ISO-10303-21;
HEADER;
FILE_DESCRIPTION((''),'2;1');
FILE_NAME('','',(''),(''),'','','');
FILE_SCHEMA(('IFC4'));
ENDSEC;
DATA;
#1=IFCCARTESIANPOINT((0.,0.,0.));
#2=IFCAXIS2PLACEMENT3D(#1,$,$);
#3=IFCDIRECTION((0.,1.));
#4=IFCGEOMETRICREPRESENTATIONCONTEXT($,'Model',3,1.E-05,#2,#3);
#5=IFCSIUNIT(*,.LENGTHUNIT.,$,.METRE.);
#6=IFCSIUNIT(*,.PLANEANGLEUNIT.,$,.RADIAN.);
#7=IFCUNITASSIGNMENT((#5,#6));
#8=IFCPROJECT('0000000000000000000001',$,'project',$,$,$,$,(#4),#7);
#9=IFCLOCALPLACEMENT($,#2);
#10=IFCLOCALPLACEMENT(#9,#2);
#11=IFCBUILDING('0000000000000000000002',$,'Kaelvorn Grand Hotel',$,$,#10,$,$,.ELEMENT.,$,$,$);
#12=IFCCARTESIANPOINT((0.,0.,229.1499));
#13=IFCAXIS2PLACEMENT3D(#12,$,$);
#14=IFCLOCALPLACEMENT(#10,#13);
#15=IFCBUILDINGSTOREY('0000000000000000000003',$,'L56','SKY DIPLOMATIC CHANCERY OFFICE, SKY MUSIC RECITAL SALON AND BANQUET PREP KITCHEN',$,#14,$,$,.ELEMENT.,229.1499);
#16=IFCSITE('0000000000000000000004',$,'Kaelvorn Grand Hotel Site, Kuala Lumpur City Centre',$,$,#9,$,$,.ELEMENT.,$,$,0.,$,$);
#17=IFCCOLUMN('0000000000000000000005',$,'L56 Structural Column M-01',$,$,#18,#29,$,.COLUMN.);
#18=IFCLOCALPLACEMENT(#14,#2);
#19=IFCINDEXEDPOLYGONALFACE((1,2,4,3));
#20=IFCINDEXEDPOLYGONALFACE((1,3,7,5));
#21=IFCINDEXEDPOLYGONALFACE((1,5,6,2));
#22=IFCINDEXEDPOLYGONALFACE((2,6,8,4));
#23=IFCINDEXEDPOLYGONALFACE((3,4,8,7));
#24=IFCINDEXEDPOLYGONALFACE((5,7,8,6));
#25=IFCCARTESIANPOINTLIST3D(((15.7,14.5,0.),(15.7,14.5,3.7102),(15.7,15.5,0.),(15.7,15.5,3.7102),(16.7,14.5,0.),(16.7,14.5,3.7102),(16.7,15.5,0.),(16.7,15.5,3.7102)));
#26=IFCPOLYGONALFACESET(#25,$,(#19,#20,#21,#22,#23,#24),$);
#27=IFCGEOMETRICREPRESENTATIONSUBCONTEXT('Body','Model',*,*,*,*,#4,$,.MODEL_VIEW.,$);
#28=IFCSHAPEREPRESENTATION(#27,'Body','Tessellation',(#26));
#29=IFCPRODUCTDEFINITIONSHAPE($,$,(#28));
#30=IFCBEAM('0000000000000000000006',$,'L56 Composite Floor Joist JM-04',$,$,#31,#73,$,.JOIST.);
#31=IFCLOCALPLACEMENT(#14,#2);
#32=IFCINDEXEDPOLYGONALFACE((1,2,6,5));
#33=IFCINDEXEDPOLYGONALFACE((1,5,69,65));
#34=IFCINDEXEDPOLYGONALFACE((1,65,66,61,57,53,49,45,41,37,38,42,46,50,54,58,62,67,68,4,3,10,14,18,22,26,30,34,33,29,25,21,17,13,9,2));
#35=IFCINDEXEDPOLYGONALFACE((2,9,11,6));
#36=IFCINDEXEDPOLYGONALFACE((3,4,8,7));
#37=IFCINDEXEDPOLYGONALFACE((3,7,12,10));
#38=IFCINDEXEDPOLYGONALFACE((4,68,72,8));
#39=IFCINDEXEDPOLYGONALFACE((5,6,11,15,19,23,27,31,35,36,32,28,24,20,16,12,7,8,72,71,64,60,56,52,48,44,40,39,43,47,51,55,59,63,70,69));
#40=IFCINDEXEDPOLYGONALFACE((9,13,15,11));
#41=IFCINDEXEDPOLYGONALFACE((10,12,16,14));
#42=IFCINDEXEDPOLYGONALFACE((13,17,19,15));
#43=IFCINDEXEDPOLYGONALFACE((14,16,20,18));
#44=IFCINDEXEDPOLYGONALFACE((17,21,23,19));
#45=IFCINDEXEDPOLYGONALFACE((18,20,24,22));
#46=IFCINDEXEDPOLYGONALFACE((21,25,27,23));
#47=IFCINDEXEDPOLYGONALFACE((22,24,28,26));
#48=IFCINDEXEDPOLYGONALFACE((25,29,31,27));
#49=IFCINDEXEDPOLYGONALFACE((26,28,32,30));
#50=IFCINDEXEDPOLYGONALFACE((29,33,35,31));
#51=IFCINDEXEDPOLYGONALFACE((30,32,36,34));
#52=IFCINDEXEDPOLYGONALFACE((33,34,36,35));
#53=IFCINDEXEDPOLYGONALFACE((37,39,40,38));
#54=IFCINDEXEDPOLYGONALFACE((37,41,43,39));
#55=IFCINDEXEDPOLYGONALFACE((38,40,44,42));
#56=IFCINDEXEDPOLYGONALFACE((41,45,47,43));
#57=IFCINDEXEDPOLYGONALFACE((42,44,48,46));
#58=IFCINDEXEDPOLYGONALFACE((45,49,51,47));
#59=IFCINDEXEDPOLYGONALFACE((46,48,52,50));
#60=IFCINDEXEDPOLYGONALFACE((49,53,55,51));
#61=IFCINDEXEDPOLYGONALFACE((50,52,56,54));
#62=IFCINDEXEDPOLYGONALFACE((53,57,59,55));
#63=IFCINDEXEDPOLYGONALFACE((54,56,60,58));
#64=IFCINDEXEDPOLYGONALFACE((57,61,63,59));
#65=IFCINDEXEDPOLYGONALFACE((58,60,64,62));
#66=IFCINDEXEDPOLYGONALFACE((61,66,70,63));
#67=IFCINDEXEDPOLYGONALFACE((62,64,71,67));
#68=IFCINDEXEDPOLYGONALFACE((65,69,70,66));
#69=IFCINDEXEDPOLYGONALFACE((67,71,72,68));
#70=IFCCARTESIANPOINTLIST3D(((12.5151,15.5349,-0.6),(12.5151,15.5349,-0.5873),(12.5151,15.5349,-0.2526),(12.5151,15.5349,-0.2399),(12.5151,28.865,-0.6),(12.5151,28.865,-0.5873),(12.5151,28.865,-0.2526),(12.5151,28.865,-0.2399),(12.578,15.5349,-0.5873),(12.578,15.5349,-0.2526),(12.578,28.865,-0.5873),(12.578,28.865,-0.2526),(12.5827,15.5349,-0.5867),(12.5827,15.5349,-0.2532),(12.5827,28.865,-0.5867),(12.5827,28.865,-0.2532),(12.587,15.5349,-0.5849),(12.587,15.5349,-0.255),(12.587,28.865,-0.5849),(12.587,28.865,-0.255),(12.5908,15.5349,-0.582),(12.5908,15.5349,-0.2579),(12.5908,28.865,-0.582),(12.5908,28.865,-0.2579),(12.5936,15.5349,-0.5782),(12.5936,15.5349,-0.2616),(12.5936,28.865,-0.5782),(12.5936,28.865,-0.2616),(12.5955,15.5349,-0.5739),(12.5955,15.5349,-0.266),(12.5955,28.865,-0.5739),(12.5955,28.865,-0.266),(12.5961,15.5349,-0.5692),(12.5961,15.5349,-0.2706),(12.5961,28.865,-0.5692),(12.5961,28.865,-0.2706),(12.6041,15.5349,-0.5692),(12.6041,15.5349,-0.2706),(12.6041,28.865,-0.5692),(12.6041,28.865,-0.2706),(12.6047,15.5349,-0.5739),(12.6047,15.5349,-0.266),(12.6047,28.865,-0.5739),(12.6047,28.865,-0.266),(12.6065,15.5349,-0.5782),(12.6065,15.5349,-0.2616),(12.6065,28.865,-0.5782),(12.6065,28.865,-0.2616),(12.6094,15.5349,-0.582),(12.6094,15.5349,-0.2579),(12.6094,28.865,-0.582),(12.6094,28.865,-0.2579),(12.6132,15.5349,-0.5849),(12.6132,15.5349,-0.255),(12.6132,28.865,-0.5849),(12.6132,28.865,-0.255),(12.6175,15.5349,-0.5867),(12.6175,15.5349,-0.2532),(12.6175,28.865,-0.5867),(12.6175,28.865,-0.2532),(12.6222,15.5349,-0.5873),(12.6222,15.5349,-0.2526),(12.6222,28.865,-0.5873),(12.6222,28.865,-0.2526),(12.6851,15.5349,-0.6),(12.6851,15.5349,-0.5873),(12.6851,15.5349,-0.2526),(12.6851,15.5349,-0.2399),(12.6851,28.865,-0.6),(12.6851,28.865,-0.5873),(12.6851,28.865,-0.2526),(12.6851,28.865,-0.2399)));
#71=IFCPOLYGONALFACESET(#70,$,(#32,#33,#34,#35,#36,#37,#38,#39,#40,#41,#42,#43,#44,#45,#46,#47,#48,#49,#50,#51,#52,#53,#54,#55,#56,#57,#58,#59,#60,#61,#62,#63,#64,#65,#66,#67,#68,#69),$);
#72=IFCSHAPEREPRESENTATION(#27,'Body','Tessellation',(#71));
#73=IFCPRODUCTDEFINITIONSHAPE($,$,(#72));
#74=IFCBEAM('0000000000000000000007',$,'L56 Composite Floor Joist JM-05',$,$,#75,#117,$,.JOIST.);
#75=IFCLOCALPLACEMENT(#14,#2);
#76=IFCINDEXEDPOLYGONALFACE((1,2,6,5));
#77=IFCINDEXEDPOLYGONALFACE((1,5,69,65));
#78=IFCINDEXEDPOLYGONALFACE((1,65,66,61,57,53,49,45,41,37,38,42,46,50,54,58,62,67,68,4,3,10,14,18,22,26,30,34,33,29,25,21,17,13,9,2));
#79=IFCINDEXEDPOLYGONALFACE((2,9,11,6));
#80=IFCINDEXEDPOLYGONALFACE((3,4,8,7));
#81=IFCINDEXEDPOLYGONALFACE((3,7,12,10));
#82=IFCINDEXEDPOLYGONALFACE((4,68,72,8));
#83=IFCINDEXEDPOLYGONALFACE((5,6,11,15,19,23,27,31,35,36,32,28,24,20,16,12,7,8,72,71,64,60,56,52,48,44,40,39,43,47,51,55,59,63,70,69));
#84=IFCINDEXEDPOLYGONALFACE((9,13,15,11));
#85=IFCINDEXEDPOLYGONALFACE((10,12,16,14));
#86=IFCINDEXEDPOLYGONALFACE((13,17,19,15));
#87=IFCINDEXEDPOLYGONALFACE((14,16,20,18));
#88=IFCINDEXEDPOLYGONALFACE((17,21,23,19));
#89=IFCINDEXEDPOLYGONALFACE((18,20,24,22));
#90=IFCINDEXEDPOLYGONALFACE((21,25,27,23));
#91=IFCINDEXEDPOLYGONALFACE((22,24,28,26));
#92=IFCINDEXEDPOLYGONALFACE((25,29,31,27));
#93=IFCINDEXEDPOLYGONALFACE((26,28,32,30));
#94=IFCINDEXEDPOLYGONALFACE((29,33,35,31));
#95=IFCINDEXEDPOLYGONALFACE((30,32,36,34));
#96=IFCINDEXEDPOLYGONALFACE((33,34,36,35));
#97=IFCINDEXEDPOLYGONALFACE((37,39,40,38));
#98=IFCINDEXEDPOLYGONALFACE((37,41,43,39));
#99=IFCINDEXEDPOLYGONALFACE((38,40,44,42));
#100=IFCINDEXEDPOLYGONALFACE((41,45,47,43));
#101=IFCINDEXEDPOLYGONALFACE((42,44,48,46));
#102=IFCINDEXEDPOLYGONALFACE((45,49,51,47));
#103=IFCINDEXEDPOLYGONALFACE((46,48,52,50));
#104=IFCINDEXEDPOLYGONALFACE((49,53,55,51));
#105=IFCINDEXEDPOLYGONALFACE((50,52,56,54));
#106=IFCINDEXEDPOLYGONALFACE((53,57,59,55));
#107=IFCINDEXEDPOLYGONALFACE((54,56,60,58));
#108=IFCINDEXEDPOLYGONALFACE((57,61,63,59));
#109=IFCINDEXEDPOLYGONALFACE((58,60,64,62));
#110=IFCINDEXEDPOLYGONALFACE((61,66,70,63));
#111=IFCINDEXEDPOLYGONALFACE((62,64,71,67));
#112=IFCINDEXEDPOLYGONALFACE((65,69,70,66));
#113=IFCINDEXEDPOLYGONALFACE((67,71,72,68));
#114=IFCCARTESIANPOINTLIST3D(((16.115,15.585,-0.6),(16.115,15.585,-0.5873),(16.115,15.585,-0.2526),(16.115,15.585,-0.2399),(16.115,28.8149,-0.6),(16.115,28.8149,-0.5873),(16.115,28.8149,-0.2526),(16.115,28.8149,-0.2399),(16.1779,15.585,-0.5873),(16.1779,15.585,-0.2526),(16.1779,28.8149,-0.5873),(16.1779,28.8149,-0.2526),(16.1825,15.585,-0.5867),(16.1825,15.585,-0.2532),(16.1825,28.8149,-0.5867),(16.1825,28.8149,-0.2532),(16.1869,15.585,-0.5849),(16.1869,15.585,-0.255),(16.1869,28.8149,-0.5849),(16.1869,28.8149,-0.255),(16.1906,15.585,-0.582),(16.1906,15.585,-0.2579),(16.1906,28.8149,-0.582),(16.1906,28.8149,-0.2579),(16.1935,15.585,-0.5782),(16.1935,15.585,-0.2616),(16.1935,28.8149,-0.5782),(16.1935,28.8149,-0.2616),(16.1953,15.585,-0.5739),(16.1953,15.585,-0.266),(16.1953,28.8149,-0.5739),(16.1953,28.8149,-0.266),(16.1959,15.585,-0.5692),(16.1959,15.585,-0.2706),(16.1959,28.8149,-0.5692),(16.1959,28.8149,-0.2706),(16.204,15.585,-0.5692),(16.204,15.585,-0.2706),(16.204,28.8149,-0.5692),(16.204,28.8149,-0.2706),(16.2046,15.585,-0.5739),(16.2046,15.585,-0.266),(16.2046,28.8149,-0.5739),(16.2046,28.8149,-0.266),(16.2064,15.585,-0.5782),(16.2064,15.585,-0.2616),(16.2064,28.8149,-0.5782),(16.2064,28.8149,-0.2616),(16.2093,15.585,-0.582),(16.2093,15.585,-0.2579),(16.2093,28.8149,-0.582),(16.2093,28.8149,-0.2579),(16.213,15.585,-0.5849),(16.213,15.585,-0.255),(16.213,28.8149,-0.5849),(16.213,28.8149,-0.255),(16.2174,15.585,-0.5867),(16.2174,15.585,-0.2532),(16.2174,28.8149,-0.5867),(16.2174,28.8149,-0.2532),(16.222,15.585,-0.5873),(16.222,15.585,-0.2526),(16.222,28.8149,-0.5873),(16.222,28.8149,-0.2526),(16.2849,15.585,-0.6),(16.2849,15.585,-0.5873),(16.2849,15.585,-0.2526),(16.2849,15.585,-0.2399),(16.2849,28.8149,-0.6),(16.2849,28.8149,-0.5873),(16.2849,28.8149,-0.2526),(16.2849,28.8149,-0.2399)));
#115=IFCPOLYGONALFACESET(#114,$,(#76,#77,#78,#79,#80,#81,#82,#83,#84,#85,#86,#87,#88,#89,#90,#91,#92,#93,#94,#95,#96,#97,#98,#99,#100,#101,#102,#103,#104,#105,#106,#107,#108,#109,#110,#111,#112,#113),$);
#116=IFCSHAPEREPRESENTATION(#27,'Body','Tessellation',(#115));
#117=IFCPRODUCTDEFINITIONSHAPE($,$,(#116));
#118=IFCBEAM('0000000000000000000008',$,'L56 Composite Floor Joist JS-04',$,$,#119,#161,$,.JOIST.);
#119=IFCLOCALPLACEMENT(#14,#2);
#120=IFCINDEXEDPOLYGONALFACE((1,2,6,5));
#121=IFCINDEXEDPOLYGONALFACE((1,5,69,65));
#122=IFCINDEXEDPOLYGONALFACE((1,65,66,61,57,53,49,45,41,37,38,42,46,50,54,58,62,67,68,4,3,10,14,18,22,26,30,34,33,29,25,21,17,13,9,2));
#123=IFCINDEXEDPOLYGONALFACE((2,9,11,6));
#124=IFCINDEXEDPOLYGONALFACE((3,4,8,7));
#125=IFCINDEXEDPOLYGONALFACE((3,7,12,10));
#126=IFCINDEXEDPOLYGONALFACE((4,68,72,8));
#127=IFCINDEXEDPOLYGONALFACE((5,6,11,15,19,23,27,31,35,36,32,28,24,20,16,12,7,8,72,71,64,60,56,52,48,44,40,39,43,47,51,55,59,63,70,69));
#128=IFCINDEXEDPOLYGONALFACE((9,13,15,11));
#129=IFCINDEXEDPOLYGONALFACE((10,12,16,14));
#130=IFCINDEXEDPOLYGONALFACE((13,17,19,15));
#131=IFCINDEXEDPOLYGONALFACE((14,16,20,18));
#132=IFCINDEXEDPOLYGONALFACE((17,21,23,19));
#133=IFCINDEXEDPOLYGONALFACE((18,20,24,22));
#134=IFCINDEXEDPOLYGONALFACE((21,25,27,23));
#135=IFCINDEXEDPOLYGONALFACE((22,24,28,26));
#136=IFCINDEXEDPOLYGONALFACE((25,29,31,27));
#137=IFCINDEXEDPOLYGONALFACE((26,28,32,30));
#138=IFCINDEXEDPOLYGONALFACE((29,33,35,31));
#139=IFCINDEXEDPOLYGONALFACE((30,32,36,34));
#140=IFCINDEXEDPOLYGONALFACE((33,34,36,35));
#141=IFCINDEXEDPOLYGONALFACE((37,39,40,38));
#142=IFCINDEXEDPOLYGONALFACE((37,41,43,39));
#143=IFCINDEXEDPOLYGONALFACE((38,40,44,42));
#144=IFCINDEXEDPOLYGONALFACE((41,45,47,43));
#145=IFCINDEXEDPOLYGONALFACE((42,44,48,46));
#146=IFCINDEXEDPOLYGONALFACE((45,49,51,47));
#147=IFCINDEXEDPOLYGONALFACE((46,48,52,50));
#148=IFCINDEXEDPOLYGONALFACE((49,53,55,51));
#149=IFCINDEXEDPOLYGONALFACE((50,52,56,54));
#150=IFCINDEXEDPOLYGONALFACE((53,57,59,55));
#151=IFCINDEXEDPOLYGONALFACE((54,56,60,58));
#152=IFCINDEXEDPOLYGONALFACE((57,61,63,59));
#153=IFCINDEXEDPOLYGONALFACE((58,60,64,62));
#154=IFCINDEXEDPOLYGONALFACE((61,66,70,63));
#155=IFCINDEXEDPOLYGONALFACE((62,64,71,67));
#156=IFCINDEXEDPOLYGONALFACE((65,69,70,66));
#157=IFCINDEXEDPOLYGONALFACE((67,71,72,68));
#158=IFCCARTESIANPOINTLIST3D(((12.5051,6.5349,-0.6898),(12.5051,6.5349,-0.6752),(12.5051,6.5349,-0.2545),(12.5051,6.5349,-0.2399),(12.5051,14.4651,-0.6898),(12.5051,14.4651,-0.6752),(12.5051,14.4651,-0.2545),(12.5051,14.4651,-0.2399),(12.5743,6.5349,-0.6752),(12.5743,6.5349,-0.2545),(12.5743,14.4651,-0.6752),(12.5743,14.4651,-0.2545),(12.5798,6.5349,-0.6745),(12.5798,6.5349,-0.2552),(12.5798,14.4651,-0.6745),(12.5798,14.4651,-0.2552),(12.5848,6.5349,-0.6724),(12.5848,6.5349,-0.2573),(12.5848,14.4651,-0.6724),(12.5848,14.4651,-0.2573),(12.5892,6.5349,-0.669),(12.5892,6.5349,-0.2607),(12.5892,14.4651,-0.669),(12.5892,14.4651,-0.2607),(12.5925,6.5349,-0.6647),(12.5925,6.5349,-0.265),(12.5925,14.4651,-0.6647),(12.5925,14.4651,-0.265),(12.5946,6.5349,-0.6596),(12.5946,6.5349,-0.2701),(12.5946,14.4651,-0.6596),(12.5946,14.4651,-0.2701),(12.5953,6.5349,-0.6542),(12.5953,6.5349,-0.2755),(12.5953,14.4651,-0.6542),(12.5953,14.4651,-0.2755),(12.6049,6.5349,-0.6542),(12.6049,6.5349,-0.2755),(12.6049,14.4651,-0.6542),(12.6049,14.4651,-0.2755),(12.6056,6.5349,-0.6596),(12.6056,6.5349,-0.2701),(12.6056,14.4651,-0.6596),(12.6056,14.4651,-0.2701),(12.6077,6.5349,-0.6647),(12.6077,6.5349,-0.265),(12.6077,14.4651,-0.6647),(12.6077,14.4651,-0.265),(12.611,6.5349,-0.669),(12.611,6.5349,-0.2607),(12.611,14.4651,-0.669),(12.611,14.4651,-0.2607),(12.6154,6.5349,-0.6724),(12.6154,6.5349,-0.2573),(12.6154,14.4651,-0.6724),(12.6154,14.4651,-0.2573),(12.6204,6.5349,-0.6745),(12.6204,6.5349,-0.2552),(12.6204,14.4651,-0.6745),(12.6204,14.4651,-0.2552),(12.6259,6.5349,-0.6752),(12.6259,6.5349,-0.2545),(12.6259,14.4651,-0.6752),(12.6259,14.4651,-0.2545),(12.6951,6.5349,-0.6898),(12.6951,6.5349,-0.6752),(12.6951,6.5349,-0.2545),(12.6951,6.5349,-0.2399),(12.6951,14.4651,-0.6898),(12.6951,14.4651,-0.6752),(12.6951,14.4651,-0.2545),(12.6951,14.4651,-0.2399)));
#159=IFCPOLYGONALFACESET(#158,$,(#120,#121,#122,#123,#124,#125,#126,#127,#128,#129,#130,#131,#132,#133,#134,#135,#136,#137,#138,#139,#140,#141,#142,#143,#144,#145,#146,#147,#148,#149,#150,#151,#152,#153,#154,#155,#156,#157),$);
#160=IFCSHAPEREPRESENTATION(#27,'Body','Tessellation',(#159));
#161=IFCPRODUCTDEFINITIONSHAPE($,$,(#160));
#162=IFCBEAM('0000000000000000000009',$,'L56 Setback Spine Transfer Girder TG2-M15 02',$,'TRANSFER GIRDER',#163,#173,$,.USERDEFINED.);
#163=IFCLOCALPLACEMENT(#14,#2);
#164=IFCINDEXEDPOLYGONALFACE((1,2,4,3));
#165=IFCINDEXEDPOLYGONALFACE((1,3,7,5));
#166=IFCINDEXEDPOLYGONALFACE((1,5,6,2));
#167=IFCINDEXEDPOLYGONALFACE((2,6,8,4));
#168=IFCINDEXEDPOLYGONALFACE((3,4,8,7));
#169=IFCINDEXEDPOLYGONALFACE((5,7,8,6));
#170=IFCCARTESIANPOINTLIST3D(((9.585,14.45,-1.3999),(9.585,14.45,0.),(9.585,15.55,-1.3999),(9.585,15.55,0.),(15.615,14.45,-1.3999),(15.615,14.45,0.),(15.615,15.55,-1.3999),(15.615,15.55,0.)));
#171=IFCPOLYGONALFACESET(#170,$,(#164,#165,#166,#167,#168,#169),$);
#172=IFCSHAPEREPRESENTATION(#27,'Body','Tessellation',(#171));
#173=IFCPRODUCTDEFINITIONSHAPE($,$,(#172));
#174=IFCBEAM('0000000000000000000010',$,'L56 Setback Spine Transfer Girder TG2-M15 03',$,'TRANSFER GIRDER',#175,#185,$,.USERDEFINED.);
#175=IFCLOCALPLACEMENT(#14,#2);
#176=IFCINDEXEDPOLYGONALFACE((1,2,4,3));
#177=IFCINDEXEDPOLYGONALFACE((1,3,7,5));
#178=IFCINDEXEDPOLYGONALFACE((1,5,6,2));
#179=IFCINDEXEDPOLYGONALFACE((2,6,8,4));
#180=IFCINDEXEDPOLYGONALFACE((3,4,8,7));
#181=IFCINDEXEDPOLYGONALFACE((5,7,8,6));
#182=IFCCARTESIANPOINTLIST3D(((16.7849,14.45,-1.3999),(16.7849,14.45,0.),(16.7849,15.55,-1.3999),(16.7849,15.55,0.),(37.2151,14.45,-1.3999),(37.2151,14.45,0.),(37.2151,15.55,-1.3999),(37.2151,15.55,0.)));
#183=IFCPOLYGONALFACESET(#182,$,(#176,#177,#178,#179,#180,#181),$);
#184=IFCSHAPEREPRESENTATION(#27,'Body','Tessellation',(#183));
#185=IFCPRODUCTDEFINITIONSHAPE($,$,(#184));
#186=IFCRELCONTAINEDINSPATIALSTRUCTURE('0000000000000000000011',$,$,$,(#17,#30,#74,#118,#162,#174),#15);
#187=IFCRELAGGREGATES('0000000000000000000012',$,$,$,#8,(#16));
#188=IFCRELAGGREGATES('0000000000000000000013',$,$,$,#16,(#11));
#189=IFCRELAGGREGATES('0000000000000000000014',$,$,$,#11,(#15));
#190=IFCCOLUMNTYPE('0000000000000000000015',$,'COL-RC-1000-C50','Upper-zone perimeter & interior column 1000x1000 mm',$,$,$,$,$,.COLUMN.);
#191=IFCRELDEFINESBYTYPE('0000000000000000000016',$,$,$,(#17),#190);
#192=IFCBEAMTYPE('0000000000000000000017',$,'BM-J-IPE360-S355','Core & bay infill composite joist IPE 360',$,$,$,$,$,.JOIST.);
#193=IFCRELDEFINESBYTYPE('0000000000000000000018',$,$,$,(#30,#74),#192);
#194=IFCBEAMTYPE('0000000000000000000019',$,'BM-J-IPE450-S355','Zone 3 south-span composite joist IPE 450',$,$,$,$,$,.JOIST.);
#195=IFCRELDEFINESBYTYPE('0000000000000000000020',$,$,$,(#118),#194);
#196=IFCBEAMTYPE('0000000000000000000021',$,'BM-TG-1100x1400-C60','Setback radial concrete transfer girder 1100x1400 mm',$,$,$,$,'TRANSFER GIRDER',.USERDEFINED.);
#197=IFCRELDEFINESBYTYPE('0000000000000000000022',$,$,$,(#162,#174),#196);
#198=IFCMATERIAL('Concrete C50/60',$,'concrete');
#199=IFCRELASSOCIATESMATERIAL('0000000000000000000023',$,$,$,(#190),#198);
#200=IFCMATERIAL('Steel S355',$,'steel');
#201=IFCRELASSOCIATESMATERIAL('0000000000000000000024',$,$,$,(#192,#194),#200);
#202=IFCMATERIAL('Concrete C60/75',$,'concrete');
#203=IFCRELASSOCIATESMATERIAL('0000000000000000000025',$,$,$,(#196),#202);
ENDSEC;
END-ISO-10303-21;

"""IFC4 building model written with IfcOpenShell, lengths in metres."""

from ifc_helpers import new_model, si_unit, direction, frame, origin, origin_2d, place, context, subcontext, project, spatial, rectangle, i_section, extrude, material, material_profile, profile_set, type_object, element, save


model = new_model("IFC4")

# Units and contexts
model_context = context("Model", 3, precision=1e-05, world=origin(), true_north=direction((0.0, 1.0)))
body_context = subcontext(model_context, "Body", "Model", "MODEL_VIEW")
ifc_project = project(units=[si_unit("LENGTHUNIT", "METRE"), si_unit("PLANEANGLEUNIT", "RADIAN")], contexts=[model_context])

# Site, building, storey
site_placement = place(None, origin())
site = spatial("IfcSite", under=ifc_project, at=site_placement, Name="Kaelvorn Grand Hotel Site, Kuala Lumpur City Centre", CompositionType="ELEMENT", RefElevation=0.0)
building_placement = place(site_placement, origin())
building = spatial("IfcBuilding", under=site, at=building_placement, Name="Kaelvorn Grand Hotel", CompositionType="ELEMENT")
storey_placement = place(building_placement, frame((0.0, 0.0, 229.1499)))
storey = spatial("IfcBuildingStorey", under=building, at=storey_placement, Name="L56", Description="SKY DIPLOMATIC CHANCERY OFFICE, SKY MUSIC RECITAL SALON AND BANQUET PREP KITCHEN", CompositionType="ELEMENT", Elevation=229.1499)

# Column
ifc_material_1 = material(Name="Concrete C50/60", Category="concrete")
ifc_material_profile_1 = material_profile(ifc_material_1, rectangle(XDim=1.0, YDim=1.0, at=origin_2d()), Name="RC COL 1000x1000")
ifc_profile_set_1 = profile_set([ifc_material_profile_1], Name="Concrete C50/60")
column_type = type_object("IfcColumnType", Name="COL-RC-1000-C50", Description="Upper-zone perimeter & interior column 1000x1000 mm", PredefinedType="COLUMN", material=ifc_profile_set_1)
column_placement = place(storey_placement, frame((16.2, 15.0, 0.0), z_axis=(0.0, 0.0, 1.0), x_axis=(1.0, 0.0, 0.0)))
element("IfcColumn", 1, at=column_placement, inside=storey, type_object=column_type, Name="L56 Structural Column M-01", PredefinedType="COLUMN", context=body_context, shape_type="SweptSolid", body=[
    extrude(rectangle(XDim=1.0, YDim=1.0, at=origin_2d()), origin(), (0.0, 0.0, 1.0), 3.7102),
])

# Beams
ifc_material_2 = material(Name="Steel S355", Category="steel")
ifc_material_profile_2 = material_profile(ifc_material_2, i_section(OverallWidth=0.1699, OverallDepth=0.3601, WebThickness=0.0081, FlangeThickness=0.0127, FilletRadius=0.0181, at=origin_2d()), Name="IPE 360")
ifc_profile_set_2 = profile_set([ifc_material_profile_2], Name="Steel S355")
beam_type_1 = type_object("IfcBeamType", Name="BM-J-IPE360-S355", Description="Core & bay infill composite joist IPE 360", PredefinedType="JOIST", material=ifc_profile_set_2)
beam_1_placement = place(storey_placement, frame((12.6001, 15.5349, -0.4199), z_axis=(0.0, 1.0, 0.0), x_axis=(-1.0, 0.0, 0.0)))
element("IfcBeam", 2, at=beam_1_placement, inside=storey, type_object=beam_type_1, Name="L56 Composite Floor Joist JM-04", PredefinedType="JOIST", context=body_context, shape_type="SweptSolid", body=[
    extrude(i_section(OverallWidth=0.1699, OverallDepth=0.3601, WebThickness=0.0081, FlangeThickness=0.0127, FilletRadius=0.0181, at=origin_2d()), origin(), (0.0, 0.0, 1.0), 13.3301),
])
beam_2_placement = place(storey_placement, frame((16.2, 15.585, -0.4199), z_axis=(0.0, 1.0, 0.0), x_axis=(-1.0, 0.0, 0.0)))
element("IfcBeam", 3, at=beam_2_placement, inside=storey, type_object=beam_type_1, Name="L56 Composite Floor Joist JM-05", PredefinedType="JOIST", context=body_context, shape_type="SweptSolid", body=[
    extrude(i_section(OverallWidth=0.1699, OverallDepth=0.3601, WebThickness=0.0081, FlangeThickness=0.0127, FilletRadius=0.0181, at=origin_2d()), origin(), (0.0, 0.0, 1.0), 13.23),
])
ifc_material_profile_3 = material_profile(ifc_material_2, i_section(OverallWidth=0.1899, OverallDepth=0.45, WebThickness=0.0095, FlangeThickness=0.0146, FilletRadius=0.021, at=origin_2d()), Name="IPE 450")
ifc_profile_set_3 = profile_set([ifc_material_profile_3], Name="Steel S355")
beam_type_2 = type_object("IfcBeamType", Name="BM-J-IPE450-S355", Description="Zone 3 south-span composite joist IPE 450", PredefinedType="JOIST", material=ifc_profile_set_3)
beam_3_placement = place(storey_placement, frame((12.6001, 6.5349, -0.4648), z_axis=(0.0, 1.0, 0.0), x_axis=(-1.0, 0.0, 0.0)))
element("IfcBeam", 4, at=beam_3_placement, inside=storey, type_object=beam_type_2, Name="L56 Composite Floor Joist JS-04", PredefinedType="JOIST", context=body_context, shape_type="SweptSolid", body=[
    extrude(i_section(OverallWidth=0.1899, OverallDepth=0.45, WebThickness=0.0095, FlangeThickness=0.0146, FilletRadius=0.021, at=origin_2d()), origin(), (0.0, 0.0, 1.0), 7.9302),
])
ifc_material_3 = material(Name="Concrete C60/75", Category="concrete")
ifc_material_profile_4 = material_profile(ifc_material_3, rectangle(XDim=1.1001, YDim=1.3999, at=origin_2d()), Name="RC TG 1100x1400")
ifc_profile_set_4 = profile_set([ifc_material_profile_4], Name="Concrete C60/75")
beam_type_3 = type_object("IfcBeamType", Name="BM-TG-1100x1400-C60", Description="Setback radial concrete transfer girder 1100x1400 mm", ElementType="TRANSFER GIRDER", PredefinedType="USERDEFINED", material=ifc_profile_set_4)
beam_4_placement = place(storey_placement, frame((9.585, 15.0, -0.7), z_axis=(1.0, 0.0, 0.0), x_axis=(0.0, 1.0, 0.0)))
element("IfcBeam", 5, at=beam_4_placement, inside=storey, type_object=beam_type_3, Name="L56 Setback Spine Transfer Girder TG2-M15 02", ObjectType="TRANSFER GIRDER", PredefinedType="USERDEFINED", context=body_context, shape_type="SweptSolid", body=[
    extrude(rectangle(XDim=1.1001, YDim=1.3999, at=origin_2d()), origin(), (0.0, 0.0, 1.0), 6.03),
])
beam_5_placement = place(storey_placement, frame((16.7849, 15.0, -0.7), z_axis=(1.0, 0.0, 0.0), x_axis=(0.0, 1.0, 0.0)))
element("IfcBeam", 6, at=beam_5_placement, inside=storey, type_object=beam_type_3, Name="L56 Setback Spine Transfer Girder TG2-M15 03", ObjectType="TRANSFER GIRDER", PredefinedType="USERDEFINED", context=body_context, shape_type="SweptSolid", body=[
    extrude(rectangle(XDim=1.1001, YDim=1.3999, at=origin_2d()), origin(), (0.0, 0.0, 1.0), 20.4302),
])

save(model, "model.ifc")
